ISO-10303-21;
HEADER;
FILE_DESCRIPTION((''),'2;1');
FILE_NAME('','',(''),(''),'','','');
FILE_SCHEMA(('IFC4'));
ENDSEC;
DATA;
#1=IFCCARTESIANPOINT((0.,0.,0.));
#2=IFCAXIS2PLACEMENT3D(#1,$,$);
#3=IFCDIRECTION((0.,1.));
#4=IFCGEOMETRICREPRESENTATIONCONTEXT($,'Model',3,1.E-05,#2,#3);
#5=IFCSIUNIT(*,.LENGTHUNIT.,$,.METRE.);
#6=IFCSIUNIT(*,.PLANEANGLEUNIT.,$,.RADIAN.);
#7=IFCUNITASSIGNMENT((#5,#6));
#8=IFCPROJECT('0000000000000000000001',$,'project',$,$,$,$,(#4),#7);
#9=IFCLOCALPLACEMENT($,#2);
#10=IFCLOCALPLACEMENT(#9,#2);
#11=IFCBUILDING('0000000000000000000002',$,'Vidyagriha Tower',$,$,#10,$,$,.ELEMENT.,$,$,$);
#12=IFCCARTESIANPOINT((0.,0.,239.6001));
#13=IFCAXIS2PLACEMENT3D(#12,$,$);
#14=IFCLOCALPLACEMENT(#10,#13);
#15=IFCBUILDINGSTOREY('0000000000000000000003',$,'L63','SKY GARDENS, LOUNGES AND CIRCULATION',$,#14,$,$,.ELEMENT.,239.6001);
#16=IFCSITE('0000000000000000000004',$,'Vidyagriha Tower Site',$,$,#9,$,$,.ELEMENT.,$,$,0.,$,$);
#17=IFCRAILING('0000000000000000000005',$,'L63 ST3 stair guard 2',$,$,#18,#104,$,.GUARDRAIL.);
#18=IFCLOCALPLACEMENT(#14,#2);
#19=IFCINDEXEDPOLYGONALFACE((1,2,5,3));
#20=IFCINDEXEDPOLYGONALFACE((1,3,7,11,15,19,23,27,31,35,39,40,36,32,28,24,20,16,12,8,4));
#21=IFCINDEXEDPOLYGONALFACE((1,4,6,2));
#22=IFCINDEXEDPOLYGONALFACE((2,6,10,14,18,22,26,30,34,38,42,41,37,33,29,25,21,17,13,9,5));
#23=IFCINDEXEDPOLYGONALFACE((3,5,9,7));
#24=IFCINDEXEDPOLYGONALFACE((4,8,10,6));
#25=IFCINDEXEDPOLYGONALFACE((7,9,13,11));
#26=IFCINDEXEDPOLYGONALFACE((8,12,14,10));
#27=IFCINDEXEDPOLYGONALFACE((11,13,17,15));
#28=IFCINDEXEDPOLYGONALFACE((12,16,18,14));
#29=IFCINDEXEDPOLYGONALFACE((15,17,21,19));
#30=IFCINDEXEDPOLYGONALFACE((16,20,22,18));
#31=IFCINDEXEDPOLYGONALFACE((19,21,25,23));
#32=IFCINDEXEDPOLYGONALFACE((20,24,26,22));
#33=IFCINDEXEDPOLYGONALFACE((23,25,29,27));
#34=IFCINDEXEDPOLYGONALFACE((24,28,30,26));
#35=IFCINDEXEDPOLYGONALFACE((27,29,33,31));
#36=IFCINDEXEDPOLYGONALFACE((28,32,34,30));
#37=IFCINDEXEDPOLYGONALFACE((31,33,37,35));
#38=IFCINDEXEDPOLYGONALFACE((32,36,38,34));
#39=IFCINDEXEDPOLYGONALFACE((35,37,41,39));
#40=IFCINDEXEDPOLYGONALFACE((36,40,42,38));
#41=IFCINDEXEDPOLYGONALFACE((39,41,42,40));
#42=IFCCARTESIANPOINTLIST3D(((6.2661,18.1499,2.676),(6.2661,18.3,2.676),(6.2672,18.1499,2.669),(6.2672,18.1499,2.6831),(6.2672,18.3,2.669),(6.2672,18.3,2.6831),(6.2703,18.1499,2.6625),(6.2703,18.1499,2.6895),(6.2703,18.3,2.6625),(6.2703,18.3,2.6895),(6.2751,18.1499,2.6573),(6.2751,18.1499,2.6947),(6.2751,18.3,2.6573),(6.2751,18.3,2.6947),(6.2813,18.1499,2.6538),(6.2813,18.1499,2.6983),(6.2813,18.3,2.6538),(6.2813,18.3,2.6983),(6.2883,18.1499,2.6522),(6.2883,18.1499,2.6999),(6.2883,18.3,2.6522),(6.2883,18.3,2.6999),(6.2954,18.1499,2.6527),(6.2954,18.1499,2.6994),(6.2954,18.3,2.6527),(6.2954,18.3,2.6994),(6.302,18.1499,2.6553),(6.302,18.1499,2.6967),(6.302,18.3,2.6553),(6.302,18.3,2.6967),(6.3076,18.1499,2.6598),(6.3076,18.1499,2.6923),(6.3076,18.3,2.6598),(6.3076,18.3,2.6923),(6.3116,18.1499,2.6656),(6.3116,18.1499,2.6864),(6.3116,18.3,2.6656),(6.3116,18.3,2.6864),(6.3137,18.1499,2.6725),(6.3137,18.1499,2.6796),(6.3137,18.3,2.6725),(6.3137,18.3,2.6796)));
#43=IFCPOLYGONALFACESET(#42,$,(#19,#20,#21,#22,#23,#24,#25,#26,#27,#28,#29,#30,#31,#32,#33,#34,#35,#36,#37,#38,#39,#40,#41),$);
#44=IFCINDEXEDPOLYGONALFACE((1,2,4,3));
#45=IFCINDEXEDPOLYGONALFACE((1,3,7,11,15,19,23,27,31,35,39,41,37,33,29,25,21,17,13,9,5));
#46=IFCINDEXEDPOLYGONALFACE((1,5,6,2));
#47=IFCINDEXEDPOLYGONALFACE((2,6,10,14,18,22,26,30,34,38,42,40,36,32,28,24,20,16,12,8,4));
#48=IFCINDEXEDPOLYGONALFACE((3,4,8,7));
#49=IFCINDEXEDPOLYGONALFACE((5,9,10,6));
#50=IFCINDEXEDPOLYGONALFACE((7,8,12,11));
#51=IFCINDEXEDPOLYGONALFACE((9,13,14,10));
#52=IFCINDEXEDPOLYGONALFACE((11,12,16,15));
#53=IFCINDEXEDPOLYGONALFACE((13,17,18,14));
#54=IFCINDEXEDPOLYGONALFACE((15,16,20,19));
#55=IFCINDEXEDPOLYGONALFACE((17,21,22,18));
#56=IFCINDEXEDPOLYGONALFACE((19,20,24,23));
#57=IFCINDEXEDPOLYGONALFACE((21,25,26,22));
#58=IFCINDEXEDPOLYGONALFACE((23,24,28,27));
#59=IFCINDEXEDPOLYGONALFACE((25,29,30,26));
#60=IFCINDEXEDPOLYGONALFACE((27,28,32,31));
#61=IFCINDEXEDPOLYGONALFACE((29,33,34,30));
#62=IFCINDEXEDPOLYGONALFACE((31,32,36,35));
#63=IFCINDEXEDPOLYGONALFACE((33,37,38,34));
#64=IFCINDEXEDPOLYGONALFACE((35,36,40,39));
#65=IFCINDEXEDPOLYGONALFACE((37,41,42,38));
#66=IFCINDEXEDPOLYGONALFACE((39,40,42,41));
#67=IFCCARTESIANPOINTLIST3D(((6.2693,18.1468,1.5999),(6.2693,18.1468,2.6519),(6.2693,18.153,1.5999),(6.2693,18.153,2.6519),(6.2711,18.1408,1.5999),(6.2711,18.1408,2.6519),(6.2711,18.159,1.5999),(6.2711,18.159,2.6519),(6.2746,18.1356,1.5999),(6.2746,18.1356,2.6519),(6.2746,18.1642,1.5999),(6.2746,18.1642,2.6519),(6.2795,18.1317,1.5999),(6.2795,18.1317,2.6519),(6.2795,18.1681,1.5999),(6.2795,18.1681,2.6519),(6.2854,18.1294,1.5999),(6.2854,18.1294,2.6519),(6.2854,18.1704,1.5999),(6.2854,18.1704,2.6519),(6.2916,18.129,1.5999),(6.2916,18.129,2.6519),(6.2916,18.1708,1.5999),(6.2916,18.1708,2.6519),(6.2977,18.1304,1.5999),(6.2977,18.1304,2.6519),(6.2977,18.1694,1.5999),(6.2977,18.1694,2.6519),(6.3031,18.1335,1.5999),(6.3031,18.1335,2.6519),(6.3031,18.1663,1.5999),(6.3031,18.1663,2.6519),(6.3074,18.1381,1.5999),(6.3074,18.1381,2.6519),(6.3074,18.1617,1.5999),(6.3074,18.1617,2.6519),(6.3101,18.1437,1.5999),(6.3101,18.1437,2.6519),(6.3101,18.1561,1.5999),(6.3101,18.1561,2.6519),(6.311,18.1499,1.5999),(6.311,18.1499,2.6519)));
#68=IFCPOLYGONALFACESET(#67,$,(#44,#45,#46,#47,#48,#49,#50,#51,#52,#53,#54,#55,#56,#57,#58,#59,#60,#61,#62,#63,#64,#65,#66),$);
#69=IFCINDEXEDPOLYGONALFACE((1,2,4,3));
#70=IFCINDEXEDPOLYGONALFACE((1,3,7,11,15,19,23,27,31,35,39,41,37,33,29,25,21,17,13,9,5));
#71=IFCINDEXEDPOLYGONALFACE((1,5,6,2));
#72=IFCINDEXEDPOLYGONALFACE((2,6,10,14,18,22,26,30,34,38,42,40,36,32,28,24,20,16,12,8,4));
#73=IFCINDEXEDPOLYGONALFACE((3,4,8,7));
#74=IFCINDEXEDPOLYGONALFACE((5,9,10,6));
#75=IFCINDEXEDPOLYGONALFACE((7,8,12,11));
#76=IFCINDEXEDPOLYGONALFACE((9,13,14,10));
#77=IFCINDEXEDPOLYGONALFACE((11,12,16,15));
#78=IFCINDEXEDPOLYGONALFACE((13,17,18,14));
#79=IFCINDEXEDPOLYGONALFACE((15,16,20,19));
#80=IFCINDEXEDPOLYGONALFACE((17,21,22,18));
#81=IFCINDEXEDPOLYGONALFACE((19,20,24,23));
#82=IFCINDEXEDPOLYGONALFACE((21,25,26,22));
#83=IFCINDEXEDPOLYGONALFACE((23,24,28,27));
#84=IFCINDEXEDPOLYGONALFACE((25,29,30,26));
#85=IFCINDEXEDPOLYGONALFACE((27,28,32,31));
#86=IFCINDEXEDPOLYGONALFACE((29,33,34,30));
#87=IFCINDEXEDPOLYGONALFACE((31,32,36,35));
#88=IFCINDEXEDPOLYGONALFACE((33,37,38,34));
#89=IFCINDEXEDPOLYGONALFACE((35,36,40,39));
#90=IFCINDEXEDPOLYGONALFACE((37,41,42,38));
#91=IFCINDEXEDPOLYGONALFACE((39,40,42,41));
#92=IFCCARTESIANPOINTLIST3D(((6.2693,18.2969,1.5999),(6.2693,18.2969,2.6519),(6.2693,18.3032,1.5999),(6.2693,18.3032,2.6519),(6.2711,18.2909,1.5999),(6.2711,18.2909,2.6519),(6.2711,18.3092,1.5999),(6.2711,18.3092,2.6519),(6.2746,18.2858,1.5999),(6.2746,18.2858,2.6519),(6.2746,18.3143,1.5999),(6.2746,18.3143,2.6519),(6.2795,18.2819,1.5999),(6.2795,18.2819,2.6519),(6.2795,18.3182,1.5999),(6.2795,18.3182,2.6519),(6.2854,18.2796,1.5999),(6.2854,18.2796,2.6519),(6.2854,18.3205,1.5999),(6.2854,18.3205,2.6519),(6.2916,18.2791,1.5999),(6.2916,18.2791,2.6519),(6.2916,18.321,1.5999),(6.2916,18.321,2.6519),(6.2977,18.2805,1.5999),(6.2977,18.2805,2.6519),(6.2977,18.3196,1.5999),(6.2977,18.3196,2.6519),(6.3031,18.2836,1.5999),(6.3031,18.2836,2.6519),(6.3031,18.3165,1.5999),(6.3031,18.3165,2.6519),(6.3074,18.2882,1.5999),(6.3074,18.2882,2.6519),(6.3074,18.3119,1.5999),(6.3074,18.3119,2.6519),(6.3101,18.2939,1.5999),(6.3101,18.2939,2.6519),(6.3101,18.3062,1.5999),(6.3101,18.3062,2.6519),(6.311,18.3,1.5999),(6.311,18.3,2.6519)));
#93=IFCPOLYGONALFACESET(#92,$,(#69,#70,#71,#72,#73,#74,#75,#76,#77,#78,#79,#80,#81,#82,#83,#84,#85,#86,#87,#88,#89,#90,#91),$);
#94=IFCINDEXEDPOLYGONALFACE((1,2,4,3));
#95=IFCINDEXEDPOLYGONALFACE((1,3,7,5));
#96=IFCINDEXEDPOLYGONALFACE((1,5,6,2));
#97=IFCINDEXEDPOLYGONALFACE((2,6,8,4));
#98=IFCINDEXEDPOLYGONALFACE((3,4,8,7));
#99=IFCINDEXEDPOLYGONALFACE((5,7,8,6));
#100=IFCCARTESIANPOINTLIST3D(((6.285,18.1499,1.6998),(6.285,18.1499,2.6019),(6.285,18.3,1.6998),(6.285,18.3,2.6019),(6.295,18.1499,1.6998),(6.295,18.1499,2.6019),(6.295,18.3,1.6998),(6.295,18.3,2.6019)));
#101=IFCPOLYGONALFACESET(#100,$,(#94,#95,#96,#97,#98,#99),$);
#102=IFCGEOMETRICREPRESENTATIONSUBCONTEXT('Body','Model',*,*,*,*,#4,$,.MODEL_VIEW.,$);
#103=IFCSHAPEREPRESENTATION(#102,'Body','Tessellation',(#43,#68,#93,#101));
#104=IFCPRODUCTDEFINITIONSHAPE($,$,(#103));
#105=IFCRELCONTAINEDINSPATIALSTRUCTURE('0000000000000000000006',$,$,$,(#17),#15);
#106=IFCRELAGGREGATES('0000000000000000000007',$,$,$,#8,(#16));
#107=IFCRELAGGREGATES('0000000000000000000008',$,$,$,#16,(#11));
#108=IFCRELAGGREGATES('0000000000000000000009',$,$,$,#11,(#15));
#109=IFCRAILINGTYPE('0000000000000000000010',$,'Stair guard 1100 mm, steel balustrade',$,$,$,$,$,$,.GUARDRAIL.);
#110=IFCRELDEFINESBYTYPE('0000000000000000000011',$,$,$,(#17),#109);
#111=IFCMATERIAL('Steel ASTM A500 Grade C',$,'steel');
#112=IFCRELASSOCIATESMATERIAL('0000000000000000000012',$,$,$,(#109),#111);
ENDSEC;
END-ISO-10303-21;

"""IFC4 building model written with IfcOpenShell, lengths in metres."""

from ifc_helpers import new_model, si_unit, direction, frame, origin, origin_2d, place, context, subcontext, project, spatial, rectangle, circle, extrude, material, type_object, element, save


model = new_model("IFC4")

# Units and contexts
model_context = context("Model", 3, precision=1e-05, world=origin(), true_north=direction((0.0, 1.0)))
body_context = subcontext(model_context, "Body", "Model", "MODEL_VIEW")
ifc_project = project(units=[si_unit("LENGTHUNIT", "METRE"), si_unit("PLANEANGLEUNIT", "RADIAN")], contexts=[model_context])

# Site, building, storey
site_placement = place(None, origin())
site = spatial("IfcSite", under=ifc_project, at=site_placement, Name="Vidyagriha Tower Site", CompositionType="ELEMENT", RefElevation=0.0)
building_placement = place(site_placement, origin())
building = spatial("IfcBuilding", under=site, at=building_placement, Name="Vidyagriha Tower", CompositionType="ELEMENT")
storey_placement = place(building_placement, frame((0.0, 0.0, 239.6001)))
storey = spatial("IfcBuildingStorey", under=building, at=storey_placement, Name="L63", Description="SKY GARDENS, LOUNGES AND CIRCULATION", CompositionType="ELEMENT", Elevation=239.6001)

# Railing
ifc_material_1 = material(Name="Steel ASTM A500 Grade C", Category="steel")
railing_type_1 = type_object("IfcRailingType", Name="Stair guard 1100 mm, steel balustrade", PredefinedType="GUARDRAIL", material=ifc_material_1)
railing_1_placement = place(storey_placement, frame((6.29, 18.1499, 1.5999)))
element("IfcRailing", 1, at=railing_1_placement, inside=storey, type_object=railing_type_1, Name="L63 ST3 stair guard 2", PredefinedType="GUARDRAIL", context=body_context, shape_type="SweptSolid", body=[
    extrude(circle(Radius=0.0239, at=origin_2d()), frame((0.0, 0.0, 1.0762), z_axis=(0.0, 1.0, 0.0), x_axis=(-1.0, 0.0, 0.0)), (0.0, 0.0, 1.0), 0.1501),
    extrude(circle(Radius=0.021, at=origin_2d()), origin(), (0.0, 0.0, 1.0), 1.052),
    extrude(circle(Radius=0.021, at=origin_2d()), frame((0.0, 0.1501, 0.0)), (0.0, 0.0, 1.0), 1.052),
    extrude(rectangle(XDim=0.01, YDim=0.9021, at=origin_2d()), frame((0.0, 0.0, 0.551), z_axis=(0.0, 1.0, 0.0), x_axis=(-1.0, 0.0, 0.0)), (0.0, 0.0, 1.0), 0.1501),
])

save(model, "model.ifc")
